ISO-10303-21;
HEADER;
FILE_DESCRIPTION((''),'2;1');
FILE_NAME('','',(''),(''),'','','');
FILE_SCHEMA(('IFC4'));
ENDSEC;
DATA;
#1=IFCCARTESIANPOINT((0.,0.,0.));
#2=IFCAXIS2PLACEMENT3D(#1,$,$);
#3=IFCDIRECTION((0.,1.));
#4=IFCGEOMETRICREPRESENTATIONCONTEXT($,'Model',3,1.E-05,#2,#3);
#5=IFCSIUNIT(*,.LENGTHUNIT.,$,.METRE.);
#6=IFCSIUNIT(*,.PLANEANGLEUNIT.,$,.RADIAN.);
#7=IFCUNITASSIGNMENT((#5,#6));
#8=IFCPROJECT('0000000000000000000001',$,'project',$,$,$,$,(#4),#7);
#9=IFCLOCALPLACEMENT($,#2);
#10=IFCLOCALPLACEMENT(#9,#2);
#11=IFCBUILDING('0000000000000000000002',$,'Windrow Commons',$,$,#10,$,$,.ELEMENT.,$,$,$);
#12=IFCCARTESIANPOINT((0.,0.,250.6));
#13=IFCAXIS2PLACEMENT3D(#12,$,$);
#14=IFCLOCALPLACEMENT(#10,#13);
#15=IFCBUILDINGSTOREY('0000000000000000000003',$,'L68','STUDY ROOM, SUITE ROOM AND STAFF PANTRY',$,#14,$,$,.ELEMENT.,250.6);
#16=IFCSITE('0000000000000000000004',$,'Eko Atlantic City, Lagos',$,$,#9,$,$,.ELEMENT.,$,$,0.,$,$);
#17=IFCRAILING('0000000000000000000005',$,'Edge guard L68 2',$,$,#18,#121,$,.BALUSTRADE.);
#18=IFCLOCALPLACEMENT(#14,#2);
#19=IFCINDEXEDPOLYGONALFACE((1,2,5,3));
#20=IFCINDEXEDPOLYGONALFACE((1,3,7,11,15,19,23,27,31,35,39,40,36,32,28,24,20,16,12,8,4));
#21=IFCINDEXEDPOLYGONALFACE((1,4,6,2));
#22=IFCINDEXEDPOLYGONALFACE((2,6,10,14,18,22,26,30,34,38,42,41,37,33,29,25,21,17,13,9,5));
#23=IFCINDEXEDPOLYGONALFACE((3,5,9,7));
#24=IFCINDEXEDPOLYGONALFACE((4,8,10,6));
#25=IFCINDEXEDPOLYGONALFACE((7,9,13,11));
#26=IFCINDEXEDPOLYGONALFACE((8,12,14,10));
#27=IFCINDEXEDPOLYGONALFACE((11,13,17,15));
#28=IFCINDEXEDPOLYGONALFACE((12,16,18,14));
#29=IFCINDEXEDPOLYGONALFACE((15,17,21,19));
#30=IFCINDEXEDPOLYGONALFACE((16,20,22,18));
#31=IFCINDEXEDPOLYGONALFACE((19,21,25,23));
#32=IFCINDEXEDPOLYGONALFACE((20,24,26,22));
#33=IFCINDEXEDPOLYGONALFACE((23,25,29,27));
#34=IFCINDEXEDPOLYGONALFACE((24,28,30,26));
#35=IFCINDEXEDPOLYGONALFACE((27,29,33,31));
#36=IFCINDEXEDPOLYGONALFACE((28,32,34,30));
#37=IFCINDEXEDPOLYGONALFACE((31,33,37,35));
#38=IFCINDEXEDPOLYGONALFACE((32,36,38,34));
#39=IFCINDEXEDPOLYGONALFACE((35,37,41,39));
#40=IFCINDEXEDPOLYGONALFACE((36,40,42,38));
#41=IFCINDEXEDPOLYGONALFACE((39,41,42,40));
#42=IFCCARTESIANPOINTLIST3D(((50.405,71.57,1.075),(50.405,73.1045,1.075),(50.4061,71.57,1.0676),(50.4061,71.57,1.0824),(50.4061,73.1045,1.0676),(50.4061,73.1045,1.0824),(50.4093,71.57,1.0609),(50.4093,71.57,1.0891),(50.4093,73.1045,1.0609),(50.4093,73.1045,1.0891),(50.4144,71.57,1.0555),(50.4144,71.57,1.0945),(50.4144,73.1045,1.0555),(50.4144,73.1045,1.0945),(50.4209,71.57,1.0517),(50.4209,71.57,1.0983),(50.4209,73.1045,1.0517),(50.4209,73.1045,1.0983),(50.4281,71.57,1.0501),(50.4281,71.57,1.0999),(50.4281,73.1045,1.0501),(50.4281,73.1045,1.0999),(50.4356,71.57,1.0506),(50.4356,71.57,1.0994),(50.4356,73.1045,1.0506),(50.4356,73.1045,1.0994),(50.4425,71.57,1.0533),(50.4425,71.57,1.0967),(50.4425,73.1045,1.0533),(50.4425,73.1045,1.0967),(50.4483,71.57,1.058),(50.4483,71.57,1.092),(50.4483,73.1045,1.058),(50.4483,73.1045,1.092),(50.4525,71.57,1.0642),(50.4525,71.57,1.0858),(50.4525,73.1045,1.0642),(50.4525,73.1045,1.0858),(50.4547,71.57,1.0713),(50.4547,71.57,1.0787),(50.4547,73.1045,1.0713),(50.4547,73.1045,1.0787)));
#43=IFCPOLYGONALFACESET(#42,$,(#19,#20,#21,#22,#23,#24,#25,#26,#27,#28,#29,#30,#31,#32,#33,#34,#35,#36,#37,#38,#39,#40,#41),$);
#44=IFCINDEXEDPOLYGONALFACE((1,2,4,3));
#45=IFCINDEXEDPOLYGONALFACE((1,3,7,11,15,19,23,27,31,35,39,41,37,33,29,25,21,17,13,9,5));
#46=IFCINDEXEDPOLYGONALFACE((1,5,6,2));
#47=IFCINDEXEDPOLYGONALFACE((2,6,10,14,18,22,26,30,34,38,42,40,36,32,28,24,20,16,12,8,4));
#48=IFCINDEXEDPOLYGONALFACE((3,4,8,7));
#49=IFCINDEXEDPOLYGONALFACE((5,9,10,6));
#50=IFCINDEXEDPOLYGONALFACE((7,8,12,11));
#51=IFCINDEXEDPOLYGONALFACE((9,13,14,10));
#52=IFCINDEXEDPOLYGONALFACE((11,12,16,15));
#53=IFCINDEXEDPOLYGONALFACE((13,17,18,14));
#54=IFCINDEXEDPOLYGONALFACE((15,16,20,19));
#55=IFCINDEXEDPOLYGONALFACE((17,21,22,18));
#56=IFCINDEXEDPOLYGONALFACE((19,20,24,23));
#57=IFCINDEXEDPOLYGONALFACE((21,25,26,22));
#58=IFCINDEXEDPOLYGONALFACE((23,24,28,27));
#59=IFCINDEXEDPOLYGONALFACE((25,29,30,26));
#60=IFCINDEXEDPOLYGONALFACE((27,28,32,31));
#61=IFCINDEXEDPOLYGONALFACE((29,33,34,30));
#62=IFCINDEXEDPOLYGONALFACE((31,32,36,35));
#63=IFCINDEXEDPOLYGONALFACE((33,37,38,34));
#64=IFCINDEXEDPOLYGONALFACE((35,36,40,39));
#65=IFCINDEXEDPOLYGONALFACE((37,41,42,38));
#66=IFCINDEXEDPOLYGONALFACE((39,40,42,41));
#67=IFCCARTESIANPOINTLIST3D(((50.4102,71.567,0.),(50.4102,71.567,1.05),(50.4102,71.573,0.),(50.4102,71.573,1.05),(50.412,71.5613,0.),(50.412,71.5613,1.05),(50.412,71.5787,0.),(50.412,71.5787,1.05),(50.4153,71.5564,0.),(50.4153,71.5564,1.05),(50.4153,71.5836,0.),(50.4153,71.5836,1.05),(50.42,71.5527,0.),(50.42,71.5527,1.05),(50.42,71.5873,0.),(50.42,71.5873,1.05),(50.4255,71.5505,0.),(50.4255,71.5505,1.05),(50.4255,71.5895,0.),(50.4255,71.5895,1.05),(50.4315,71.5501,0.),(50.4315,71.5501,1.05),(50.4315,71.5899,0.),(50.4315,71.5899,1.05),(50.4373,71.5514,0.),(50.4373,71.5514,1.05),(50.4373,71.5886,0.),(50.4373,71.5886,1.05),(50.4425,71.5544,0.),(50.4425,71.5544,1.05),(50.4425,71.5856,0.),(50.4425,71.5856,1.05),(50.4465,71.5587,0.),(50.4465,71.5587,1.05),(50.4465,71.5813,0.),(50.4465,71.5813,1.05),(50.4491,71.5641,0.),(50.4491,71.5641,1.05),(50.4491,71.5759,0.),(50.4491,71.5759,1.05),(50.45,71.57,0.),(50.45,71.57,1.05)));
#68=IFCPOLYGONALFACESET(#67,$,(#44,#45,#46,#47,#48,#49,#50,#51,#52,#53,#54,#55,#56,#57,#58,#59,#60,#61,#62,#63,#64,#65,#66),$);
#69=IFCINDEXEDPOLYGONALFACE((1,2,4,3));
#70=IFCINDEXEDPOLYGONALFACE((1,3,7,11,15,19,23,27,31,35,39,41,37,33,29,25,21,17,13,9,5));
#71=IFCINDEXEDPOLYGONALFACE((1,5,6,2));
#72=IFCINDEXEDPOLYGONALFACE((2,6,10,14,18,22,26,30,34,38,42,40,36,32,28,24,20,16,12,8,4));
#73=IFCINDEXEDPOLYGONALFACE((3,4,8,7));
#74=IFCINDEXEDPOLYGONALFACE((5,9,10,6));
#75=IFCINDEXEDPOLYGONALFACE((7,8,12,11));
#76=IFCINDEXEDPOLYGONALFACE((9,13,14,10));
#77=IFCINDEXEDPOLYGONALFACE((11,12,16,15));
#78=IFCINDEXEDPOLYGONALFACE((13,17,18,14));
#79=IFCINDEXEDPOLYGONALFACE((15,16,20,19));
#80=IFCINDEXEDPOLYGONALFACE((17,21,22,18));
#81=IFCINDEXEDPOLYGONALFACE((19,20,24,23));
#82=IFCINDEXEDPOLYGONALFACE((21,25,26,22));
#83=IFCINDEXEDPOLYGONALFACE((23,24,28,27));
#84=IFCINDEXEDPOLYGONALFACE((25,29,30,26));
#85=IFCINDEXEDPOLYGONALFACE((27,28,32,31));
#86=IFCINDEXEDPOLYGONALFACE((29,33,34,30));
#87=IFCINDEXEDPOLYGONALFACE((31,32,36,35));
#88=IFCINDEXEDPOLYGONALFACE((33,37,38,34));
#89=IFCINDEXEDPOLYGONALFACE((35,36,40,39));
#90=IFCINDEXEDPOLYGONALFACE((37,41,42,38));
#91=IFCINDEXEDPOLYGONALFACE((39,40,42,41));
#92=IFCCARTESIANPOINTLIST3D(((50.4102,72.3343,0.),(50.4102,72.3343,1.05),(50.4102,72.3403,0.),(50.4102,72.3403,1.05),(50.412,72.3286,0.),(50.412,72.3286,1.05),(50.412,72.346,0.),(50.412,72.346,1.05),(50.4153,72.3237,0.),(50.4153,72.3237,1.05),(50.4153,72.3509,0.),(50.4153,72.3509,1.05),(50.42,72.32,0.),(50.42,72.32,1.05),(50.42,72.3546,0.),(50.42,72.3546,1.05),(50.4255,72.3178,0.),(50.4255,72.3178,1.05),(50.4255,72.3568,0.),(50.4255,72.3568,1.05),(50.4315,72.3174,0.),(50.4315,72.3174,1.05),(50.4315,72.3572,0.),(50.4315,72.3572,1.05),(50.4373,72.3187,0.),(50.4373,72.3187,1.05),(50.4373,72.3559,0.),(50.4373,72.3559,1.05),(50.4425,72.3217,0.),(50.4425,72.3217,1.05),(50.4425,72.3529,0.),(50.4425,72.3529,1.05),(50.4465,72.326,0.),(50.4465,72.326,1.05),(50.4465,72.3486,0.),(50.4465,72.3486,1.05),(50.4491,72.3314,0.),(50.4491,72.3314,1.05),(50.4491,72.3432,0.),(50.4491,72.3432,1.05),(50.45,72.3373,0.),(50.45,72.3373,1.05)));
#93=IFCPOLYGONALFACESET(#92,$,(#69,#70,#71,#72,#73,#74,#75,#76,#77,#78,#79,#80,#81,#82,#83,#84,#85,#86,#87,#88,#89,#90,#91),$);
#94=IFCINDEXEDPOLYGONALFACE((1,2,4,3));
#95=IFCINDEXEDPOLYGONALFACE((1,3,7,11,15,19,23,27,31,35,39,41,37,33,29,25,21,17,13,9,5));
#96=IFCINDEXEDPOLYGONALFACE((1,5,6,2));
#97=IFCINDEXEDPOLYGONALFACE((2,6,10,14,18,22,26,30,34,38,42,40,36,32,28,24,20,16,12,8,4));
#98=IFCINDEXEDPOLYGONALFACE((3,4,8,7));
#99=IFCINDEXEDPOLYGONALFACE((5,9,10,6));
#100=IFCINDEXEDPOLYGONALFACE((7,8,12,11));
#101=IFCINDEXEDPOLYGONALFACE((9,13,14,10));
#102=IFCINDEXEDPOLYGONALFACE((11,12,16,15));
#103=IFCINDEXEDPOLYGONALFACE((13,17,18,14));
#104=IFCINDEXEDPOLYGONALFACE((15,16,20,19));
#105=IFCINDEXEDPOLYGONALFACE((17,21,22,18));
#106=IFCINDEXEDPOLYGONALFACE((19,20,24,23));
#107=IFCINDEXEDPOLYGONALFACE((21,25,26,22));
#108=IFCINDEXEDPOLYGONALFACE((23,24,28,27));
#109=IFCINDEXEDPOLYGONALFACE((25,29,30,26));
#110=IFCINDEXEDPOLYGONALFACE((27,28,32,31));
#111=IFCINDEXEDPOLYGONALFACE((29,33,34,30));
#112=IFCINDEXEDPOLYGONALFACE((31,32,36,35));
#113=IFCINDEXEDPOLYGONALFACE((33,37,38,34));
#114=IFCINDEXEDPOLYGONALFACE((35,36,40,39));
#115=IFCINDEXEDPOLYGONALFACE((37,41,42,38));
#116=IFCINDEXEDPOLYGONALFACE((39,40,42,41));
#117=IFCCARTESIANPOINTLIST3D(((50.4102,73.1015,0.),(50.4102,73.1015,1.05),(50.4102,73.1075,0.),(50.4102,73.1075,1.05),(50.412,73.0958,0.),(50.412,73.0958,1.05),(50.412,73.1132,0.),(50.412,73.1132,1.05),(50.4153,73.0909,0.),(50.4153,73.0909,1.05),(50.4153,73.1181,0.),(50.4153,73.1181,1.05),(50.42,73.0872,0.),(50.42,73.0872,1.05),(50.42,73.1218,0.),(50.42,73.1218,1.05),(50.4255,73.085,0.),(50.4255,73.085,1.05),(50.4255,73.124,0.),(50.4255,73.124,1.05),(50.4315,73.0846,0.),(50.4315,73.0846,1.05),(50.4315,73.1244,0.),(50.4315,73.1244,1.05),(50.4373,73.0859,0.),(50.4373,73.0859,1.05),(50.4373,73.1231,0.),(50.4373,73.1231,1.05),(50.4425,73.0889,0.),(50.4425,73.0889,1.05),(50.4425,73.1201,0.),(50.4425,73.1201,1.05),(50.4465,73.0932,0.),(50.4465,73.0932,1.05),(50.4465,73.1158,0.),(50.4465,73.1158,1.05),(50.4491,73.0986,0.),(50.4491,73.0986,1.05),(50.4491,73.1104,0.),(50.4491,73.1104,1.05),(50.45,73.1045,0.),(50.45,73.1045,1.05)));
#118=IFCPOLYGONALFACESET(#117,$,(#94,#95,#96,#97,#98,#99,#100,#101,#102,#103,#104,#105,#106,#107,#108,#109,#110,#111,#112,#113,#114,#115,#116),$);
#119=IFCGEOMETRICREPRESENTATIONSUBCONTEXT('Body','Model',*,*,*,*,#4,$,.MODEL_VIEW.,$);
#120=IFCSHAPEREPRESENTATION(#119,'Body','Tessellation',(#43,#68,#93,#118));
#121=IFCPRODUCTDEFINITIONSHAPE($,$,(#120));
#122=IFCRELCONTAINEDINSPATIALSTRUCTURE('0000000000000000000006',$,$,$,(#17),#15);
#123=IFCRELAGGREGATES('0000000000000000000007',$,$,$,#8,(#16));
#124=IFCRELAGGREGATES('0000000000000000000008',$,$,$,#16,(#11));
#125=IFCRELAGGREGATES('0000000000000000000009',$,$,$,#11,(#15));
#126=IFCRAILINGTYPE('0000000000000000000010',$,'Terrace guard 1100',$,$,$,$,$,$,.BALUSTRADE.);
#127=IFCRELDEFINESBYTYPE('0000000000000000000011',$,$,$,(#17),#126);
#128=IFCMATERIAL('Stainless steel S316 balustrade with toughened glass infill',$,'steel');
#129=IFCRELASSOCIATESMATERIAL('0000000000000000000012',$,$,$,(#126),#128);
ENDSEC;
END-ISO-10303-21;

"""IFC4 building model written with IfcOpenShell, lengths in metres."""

from ifc_helpers import new_model, si_unit, direction, frame, origin, origin_2d, place, context, subcontext, project, spatial, circle, extrude, material, type_object, element, save


model = new_model("IFC4")

# Units and contexts
model_context = context("Model", 3, precision=1e-05, world=origin(), true_north=direction((0.0, 1.0)))
body_context = subcontext(model_context, "Body", "Model", "MODEL_VIEW")
ifc_project = project(units=[si_unit("LENGTHUNIT", "METRE"), si_unit("PLANEANGLEUNIT", "RADIAN")], contexts=[model_context])

# Site, building, storey
site_placement = place(None, origin())
site = spatial("IfcSite", under=ifc_project, at=site_placement, Name="Eko Atlantic City, Lagos", CompositionType="ELEMENT", RefElevation=0.0)
building_placement = place(site_placement, origin())
building = spatial("IfcBuilding", under=site, at=building_placement, Name="Windrow Commons", CompositionType="ELEMENT")
storey_placement = place(building_placement, frame((0.0, 0.0, 250.6)))
storey = spatial("IfcBuildingStorey", under=building, at=storey_placement, Name="L68", Description="STUDY ROOM, SUITE ROOM AND STAFF PANTRY", CompositionType="ELEMENT", Elevation=250.6)

# Railing
ifc_material_1 = material(Name="Stainless steel S316 balustrade with toughened glass infill", Category="steel")
railing_type_1 = type_object("IfcRailingType", Name="Terrace guard 1100", PredefinedType="BALUSTRADE", material=ifc_material_1)
railing_1_placement = place(storey_placement, frame((50.43, 71.57, 0.0)))
element("IfcRailing", 1, at=railing_1_placement, inside=storey, type_object=railing_type_1, Name="Edge guard L68 2", PredefinedType="BALUSTRADE", context=body_context, shape_type="SweptSolid", body=[
    extrude(circle(Radius=0.025, at=origin_2d()), frame((0.0, 0.0, 1.075), z_axis=(0.0, 1.0, 0.0), x_axis=(-1.0, 0.0, 0.0)), (0.0, 0.0, 1.0), 1.5345),
    extrude(circle(Radius=0.02, at=origin_2d()), origin(), (0.0, 0.0, 1.0), 1.05),
    extrude(circle(Radius=0.02, at=origin_2d()), frame((0.0, 0.7673, 0.0)), (0.0, 0.0, 1.0), 1.05),
    extrude(circle(Radius=0.02, at=origin_2d()), frame((0.0, 1.5345, 0.0)), (0.0, 0.0, 1.0), 1.05),
])

save(model, "model.ifc")
